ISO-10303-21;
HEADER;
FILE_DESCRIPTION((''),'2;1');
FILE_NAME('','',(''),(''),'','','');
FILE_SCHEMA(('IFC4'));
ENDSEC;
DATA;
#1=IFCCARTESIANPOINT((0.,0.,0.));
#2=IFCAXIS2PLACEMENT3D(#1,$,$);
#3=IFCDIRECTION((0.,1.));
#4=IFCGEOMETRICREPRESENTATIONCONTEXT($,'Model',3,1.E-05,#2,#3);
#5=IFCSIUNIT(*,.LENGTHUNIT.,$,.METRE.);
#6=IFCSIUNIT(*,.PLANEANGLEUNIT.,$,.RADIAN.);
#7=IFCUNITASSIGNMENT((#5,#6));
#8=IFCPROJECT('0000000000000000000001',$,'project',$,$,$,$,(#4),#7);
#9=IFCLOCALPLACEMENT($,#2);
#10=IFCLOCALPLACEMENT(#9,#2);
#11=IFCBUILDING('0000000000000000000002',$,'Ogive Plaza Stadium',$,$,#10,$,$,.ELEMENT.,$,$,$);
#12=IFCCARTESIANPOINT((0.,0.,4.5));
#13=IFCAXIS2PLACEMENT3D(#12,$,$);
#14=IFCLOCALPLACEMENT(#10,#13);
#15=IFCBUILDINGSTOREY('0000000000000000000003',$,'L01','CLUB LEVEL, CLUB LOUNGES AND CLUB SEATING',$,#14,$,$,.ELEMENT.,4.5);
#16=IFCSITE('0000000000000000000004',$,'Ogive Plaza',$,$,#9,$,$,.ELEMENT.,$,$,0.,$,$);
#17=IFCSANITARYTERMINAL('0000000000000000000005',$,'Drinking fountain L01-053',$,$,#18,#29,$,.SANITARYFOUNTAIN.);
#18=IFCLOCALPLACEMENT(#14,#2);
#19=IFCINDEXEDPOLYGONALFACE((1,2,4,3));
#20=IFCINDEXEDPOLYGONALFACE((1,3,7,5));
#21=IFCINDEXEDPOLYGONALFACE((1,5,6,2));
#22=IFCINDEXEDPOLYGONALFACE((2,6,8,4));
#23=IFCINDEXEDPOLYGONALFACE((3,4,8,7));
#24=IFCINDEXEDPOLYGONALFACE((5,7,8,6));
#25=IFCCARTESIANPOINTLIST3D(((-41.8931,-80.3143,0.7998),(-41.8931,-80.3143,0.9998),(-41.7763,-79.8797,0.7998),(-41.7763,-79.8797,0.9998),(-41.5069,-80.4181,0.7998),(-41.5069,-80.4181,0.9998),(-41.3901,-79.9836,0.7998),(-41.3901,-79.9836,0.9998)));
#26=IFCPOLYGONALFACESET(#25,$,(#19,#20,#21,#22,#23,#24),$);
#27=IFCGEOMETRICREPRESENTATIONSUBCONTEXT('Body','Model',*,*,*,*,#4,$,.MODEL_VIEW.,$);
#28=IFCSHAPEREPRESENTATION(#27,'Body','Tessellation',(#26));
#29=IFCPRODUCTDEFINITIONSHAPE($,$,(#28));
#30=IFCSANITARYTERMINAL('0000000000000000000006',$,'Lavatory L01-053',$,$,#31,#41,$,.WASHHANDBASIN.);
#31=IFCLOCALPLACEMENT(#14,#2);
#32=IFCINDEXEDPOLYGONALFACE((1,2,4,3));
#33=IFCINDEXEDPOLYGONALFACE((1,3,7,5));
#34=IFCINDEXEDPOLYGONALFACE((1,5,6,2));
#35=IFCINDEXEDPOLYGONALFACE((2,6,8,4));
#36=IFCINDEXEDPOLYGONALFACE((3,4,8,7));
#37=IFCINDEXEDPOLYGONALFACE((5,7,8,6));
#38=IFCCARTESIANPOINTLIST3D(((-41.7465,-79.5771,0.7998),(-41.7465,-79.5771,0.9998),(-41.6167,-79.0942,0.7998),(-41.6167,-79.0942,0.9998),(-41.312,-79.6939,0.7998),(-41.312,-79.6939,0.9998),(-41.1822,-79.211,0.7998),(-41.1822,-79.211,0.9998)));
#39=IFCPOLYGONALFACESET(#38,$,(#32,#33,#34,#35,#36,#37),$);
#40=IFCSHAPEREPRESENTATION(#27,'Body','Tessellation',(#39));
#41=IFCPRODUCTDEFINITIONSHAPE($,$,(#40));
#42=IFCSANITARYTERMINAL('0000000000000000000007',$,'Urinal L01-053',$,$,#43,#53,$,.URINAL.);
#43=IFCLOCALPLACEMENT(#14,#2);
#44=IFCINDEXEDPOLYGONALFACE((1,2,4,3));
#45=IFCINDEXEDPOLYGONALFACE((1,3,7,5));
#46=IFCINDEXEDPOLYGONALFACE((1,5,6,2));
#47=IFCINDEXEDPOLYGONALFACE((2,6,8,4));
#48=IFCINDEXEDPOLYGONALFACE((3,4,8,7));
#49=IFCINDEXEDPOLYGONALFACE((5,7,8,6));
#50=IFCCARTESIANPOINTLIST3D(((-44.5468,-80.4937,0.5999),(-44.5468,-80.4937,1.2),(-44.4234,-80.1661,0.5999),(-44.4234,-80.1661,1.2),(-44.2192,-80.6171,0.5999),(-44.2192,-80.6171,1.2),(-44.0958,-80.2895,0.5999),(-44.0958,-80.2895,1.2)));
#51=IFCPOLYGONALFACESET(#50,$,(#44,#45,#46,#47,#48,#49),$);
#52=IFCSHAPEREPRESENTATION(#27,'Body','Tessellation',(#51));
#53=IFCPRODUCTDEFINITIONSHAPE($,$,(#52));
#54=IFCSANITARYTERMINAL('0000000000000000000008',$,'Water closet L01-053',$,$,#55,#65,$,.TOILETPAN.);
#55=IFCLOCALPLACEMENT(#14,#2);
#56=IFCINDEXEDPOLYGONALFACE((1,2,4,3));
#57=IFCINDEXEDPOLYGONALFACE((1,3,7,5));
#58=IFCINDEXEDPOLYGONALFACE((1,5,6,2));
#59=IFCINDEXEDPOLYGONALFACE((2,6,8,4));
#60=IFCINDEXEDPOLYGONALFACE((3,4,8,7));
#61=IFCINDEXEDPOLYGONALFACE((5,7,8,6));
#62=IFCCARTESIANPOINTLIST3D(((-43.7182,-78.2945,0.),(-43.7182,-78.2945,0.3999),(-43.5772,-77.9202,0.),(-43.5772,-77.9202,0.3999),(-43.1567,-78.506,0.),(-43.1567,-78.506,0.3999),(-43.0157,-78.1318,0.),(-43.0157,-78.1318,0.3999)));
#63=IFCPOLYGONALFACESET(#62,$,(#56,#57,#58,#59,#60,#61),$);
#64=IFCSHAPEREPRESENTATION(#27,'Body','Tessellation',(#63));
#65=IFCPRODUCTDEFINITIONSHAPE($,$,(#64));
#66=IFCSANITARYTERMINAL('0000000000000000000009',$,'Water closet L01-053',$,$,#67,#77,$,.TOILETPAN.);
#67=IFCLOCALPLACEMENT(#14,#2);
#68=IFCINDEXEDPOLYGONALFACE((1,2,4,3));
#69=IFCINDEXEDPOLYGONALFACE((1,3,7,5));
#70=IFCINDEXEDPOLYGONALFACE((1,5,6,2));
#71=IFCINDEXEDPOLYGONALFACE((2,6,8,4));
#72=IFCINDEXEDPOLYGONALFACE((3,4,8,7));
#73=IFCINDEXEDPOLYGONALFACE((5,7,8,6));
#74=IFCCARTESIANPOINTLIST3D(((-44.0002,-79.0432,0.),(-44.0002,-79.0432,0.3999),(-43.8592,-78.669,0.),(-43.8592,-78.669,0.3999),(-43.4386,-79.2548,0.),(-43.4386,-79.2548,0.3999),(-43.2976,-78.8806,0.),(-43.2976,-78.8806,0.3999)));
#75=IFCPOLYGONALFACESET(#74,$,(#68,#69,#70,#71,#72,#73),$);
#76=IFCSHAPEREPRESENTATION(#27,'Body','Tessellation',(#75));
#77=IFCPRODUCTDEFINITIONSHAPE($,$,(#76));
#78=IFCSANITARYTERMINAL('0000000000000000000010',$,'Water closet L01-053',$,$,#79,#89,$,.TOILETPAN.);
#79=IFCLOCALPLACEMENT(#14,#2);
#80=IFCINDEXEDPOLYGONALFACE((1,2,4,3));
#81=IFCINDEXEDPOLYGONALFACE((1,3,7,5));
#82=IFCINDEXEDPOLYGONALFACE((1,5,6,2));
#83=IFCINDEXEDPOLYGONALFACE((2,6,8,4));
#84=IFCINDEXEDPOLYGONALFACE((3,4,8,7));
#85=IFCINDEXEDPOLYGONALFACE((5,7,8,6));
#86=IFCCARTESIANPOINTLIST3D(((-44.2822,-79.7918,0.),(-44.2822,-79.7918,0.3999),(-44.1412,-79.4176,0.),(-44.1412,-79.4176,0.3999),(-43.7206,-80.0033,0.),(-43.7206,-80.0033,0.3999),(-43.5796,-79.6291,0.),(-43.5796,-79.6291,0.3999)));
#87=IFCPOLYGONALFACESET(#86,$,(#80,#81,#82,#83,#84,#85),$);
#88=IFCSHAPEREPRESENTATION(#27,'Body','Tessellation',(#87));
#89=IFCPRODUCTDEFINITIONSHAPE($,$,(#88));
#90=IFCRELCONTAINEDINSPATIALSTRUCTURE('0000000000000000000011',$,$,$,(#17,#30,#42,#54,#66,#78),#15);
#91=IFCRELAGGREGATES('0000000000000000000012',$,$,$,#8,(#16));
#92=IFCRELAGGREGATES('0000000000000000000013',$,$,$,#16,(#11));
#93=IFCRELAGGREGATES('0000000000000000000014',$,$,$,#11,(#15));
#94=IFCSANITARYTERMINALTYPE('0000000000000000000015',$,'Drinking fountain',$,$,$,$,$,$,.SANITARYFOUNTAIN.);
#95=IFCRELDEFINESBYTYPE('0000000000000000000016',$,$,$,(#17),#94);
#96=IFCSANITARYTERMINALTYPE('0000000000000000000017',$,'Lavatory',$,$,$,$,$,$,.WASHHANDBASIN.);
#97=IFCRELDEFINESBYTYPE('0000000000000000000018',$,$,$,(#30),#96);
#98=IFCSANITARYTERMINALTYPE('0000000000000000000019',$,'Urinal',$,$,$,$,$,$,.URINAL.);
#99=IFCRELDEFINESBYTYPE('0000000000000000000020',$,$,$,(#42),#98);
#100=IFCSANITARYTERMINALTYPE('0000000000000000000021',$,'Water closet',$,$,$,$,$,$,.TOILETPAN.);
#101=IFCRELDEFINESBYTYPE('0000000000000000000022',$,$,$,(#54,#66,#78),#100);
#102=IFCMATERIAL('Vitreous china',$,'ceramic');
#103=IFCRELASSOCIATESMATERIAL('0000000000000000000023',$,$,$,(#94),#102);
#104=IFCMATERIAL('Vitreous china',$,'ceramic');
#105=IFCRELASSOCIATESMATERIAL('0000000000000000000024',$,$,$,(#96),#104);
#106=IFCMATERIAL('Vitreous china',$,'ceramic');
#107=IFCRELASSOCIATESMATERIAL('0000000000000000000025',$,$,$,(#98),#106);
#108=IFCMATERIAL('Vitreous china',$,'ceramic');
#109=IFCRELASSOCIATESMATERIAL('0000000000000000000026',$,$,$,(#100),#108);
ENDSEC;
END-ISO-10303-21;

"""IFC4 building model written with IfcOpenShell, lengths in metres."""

from ifc_helpers import new_model, si_unit, direction, frame, origin, origin_2d, place, context, subcontext, project, spatial, rectangle, extrude, material, type_object, element, save


model = new_model("IFC4")

# Units and contexts
model_context = context("Model", 3, precision=1e-05, world=origin(), true_north=direction((0.0, 1.0)))
body_context = subcontext(model_context, "Body", "Model", "MODEL_VIEW")
ifc_project = project(units=[si_unit("LENGTHUNIT", "METRE"), si_unit("PLANEANGLEUNIT", "RADIAN")], contexts=[model_context])

# Site, building, storey
site_placement = place(None, origin())
site = spatial("IfcSite", under=ifc_project, at=site_placement, Name="Ogive Plaza", CompositionType="ELEMENT", RefElevation=0.0)
building_placement = place(site_placement, origin())
building = spatial("IfcBuilding", under=site, at=building_placement, Name="Ogive Plaza Stadium", CompositionType="ELEMENT")
storey_placement = place(building_placement, frame((0.0, 0.0, 4.5)))
storey = spatial("IfcBuildingStorey", under=building, at=storey_placement, Name="L01", Description="CLUB LEVEL, CLUB LOUNGES AND CLUB SEATING", CompositionType="ELEMENT", Elevation=4.5)

# Sanitary terminals
ifc_material_1 = material(Name="Vitreous china", Category="ceramic")
sanitary_terminal_type_1 = type_object("IfcSanitaryTerminalType", Name="Drinking fountain", PredefinedType="SANITARYFOUNTAIN", material=ifc_material_1)
sanitary_terminal_1_placement = place(storey_placement, frame((-41.6416, -80.1489, 0.7998), z_axis=(0.0, 0.0, 1.0), x_axis=(-0.259662, -0.9657, 0.0)))
element("IfcSanitaryTerminal", 1, at=sanitary_terminal_1_placement, inside=storey, type_object=sanitary_terminal_type_1, Name="Drinking fountain L01-053", PredefinedType="SANITARYFOUNTAIN", context=body_context, shape_type="SweptSolid", body=[
    extrude(rectangle(XDim=0.45, YDim=0.3999, at=origin_2d()), origin(), (0.0, 0.0, 1.0), 0.2),
])
ifc_material_2 = material(Name="Vitreous china", Category="ceramic")
sanitary_terminal_type_2 = type_object("IfcSanitaryTerminalType", Name="Lavatory", PredefinedType="WASHHANDBASIN", material=ifc_material_2)
sanitary_terminal_2_placement = place(storey_placement, frame((-41.4644, -79.394, 0.7998), z_axis=(0.0, 0.0, 1.0), x_axis=(-0.259662, -0.9657, 0.0)))
element("IfcSanitaryTerminal", 2, at=sanitary_terminal_2_placement, inside=storey, type_object=sanitary_terminal_type_2, Name="Lavatory L01-053", PredefinedType="WASHHANDBASIN", context=body_context, shape_type="SweptSolid", body=[
    extrude(rectangle(XDim=0.5, YDim=0.45, at=origin_2d()), origin(), (0.0, 0.0, 1.0), 0.2),
])
ifc_material_3 = material(Name="Vitreous china", Category="ceramic")
sanitary_terminal_type_3 = type_object("IfcSanitaryTerminalType", Name="Urinal", PredefinedType="URINAL", material=ifc_material_3)
sanitary_terminal_3_placement = place(storey_placement, frame((-44.3213, -80.3916, 0.5999), z_axis=(0.0, 0.0, 1.0), x_axis=(-0.35256, -0.935789, 0.0)))
element("IfcSanitaryTerminal", 3, at=sanitary_terminal_3_placement, inside=storey, type_object=sanitary_terminal_type_3, Name="Urinal L01-053", PredefinedType="URINAL", context=body_context, shape_type="SweptSolid", body=[
    extrude(rectangle(XDim=0.3501, YDim=0.3501, at=origin_2d()), origin(), (0.0, 0.0, 1.0), 0.6001),
])
ifc_material_4 = material(Name="Vitreous china", Category="ceramic")
sanitary_terminal_type_4 = type_object("IfcSanitaryTerminalType", Name="Water closet", PredefinedType="TOILETPAN", material=ifc_material_4)
for number, where, z_axis, x_axis, name in (
    (4, (-43.3669, -78.2131, 0.0), (0.0, 0.0, 1.0), (-0.35256, -0.935789, 0.0), "Water closet L01-053"),
    (5, (-43.6489, -78.9619, 0.0), (0.0, 0.0, 1.0), (-0.35256, -0.935789, 0.0), "Water closet L01-053"),
    (6, (-43.9309, -79.7104, 0.0), (0.0, 0.0, 1.0), (-0.35256, -0.935789, 0.0), "Water closet L01-053"),
):
    element("IfcSanitaryTerminal", number, at=place(storey_placement, frame(where, z_axis=z_axis, x_axis=x_axis)), inside=storey, type_object=sanitary_terminal_type_4, Name=name, PredefinedType="TOILETPAN", context=body_context, shape_type="SweptSolid", body=[
        extrude(rectangle(XDim=0.3999, YDim=0.6001, at=origin_2d()), origin(), (0.0, 0.0, 1.0), 0.3999),
    ])

save(model, "model.ifc")
